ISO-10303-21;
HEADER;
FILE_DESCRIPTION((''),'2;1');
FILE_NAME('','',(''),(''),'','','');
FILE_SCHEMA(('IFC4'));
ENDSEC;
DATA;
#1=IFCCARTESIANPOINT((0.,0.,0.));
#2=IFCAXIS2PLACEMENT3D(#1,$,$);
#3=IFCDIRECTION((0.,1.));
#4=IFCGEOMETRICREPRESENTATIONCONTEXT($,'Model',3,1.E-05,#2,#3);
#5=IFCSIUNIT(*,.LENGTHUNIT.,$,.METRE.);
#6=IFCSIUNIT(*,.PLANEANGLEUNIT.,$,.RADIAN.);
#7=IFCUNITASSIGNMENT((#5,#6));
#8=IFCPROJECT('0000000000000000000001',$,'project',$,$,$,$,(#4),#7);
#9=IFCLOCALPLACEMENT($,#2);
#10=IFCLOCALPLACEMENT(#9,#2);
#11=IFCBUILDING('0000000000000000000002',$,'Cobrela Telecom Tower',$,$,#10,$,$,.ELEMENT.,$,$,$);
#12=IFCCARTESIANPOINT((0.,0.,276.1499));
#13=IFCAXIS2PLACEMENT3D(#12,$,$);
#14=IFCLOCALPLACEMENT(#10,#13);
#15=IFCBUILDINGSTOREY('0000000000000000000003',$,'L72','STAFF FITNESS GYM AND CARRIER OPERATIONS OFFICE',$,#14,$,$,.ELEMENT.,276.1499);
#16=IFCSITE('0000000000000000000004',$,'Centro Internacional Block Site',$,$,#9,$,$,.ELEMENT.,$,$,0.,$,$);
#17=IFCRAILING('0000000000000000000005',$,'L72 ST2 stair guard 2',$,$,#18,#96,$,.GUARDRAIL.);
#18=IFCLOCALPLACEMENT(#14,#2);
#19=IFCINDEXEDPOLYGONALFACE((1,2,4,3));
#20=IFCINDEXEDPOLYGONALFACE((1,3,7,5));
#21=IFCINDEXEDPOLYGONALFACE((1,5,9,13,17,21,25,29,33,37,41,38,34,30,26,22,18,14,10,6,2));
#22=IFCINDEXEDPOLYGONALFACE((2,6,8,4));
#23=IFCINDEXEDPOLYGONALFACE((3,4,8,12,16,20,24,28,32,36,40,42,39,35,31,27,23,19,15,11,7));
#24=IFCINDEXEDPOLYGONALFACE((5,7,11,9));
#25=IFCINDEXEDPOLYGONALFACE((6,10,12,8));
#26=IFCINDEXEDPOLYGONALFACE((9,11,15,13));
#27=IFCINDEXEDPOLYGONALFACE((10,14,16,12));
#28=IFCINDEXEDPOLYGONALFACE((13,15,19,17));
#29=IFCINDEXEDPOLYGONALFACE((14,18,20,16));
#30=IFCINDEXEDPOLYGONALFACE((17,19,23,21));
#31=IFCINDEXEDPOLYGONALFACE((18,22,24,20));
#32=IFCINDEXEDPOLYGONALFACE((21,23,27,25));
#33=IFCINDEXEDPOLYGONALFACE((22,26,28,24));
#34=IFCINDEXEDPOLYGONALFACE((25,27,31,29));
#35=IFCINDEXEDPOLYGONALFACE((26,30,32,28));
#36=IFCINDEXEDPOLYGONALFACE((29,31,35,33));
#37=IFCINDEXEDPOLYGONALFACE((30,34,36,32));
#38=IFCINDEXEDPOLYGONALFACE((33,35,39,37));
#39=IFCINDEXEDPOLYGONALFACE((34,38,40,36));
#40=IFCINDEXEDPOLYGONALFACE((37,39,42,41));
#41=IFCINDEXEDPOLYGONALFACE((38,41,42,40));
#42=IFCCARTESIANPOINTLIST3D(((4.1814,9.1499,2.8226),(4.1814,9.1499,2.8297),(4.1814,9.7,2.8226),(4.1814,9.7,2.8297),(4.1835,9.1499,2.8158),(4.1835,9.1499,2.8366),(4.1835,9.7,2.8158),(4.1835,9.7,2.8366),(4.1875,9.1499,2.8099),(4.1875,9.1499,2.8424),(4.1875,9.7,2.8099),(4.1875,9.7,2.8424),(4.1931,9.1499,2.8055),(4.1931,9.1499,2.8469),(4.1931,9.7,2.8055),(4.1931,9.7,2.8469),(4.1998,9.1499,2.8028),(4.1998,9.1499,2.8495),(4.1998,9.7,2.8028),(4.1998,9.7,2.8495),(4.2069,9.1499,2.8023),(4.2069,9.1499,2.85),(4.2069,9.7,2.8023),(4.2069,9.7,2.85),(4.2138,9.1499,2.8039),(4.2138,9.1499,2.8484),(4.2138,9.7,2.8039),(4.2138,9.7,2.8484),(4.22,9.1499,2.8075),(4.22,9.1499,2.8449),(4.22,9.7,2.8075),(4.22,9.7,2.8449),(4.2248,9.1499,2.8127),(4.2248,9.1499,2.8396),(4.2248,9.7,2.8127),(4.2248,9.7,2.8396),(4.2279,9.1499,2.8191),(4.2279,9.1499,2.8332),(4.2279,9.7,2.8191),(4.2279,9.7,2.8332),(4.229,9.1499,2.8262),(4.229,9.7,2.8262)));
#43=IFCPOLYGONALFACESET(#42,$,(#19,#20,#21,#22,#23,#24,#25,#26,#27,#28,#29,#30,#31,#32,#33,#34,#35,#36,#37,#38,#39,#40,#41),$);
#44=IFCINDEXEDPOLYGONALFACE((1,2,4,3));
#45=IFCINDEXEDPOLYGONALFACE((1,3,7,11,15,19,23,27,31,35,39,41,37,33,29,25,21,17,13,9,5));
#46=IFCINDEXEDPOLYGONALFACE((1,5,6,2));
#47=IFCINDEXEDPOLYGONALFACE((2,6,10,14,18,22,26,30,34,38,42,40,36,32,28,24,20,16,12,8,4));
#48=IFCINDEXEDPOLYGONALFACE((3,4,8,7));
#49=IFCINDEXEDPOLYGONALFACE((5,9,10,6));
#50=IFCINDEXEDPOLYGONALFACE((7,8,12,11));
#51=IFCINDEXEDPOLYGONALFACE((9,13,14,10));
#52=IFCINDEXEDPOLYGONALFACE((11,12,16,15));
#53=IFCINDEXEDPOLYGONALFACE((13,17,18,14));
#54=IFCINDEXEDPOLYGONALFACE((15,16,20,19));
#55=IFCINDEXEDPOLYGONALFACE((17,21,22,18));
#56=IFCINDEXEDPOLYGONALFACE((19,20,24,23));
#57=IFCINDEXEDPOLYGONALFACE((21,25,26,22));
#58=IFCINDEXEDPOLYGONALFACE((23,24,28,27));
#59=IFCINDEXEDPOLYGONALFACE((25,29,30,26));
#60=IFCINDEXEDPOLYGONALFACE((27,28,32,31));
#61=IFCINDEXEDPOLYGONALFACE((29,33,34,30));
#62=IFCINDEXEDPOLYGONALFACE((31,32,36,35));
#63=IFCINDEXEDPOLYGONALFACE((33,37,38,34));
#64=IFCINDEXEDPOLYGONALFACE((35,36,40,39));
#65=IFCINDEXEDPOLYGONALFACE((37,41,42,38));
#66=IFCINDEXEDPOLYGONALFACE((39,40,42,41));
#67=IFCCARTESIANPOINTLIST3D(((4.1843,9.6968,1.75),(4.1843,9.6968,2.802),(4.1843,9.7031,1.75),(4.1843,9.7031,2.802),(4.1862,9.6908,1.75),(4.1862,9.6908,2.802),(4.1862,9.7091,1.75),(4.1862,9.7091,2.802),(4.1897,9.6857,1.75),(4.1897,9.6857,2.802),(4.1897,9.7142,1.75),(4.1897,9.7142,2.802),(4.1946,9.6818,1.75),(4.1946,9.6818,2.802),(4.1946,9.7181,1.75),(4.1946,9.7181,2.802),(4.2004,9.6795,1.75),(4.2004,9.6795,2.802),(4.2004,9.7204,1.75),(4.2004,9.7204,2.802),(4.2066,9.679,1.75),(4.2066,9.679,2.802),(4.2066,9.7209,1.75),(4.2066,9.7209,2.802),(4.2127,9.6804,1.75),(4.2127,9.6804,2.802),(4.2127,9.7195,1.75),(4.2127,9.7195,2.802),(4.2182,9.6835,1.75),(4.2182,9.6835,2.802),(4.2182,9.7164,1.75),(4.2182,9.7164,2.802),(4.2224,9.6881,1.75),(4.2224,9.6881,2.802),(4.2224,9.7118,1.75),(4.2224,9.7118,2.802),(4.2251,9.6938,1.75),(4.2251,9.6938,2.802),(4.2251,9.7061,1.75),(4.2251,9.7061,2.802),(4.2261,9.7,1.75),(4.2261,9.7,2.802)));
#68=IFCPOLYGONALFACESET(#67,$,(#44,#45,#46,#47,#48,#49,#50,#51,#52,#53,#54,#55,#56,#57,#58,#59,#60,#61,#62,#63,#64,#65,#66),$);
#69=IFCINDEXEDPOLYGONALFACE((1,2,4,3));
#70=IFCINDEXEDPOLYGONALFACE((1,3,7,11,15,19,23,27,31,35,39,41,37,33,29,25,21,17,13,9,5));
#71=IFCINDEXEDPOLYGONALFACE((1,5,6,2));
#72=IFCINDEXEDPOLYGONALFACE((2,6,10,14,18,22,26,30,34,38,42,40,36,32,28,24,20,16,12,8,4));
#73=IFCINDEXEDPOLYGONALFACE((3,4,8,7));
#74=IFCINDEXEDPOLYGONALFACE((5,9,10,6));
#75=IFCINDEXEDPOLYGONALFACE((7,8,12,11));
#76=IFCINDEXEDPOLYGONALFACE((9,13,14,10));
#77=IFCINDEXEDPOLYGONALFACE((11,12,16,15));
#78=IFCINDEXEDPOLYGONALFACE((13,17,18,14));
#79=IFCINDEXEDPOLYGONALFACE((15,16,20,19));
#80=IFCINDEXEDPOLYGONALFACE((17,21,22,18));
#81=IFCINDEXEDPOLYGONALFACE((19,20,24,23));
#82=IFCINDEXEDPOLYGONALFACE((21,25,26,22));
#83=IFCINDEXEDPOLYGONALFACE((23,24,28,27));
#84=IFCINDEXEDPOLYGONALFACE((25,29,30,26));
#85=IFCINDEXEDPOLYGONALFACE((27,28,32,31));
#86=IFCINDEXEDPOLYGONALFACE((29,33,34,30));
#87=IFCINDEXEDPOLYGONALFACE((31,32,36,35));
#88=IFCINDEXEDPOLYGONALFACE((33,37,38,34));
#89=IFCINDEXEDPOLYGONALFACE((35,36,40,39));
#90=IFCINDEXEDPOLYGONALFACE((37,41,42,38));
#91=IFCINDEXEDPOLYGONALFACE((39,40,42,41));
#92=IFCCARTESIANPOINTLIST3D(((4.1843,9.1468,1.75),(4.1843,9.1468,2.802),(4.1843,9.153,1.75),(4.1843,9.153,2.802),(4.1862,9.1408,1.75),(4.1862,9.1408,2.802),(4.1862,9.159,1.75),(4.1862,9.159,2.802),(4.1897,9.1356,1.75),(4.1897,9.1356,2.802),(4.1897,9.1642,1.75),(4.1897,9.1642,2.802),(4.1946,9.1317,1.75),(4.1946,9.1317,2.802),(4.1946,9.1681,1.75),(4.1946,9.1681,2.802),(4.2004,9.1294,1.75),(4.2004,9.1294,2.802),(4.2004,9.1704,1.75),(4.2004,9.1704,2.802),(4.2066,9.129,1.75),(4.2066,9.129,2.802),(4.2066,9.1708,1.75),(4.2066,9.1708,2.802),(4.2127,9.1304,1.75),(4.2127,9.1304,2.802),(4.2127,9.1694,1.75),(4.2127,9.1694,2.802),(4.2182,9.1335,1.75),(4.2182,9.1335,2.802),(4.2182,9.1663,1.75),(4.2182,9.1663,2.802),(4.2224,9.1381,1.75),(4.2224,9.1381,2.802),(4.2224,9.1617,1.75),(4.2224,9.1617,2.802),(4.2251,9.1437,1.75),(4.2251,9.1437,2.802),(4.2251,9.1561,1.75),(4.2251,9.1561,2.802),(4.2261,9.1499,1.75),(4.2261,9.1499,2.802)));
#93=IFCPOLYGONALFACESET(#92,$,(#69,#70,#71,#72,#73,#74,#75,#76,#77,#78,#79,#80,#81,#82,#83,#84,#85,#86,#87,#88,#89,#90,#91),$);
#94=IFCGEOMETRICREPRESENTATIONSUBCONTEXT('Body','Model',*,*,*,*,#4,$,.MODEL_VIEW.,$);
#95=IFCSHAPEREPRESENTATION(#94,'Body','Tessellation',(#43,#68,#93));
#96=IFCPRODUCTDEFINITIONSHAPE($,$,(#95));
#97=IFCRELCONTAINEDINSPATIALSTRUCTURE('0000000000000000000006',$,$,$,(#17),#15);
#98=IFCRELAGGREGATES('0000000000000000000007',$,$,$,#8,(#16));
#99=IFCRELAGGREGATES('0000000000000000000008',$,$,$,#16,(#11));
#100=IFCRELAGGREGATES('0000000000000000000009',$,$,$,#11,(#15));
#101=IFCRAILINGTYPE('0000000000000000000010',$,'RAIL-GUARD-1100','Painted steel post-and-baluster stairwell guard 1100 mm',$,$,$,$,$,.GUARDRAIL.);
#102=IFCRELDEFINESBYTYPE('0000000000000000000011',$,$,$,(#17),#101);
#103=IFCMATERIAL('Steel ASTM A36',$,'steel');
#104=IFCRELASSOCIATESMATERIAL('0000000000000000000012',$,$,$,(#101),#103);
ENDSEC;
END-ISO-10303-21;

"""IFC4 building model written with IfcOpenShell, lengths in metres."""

from ifc_helpers import new_model, si_unit, direction, frame, origin, origin_2d, place, context, subcontext, project, spatial, circle, extrude, material, type_object, element, save


model = new_model("IFC4")

# Units and contexts
model_context = context("Model", 3, precision=1e-05, world=origin(), true_north=direction((0.0, 1.0)))
body_context = subcontext(model_context, "Body", "Model", "MODEL_VIEW")
ifc_project = project(units=[si_unit("LENGTHUNIT", "METRE"), si_unit("PLANEANGLEUNIT", "RADIAN")], contexts=[model_context])

# Site, building, storey
site_placement = place(None, origin())
site = spatial("IfcSite", under=ifc_project, at=site_placement, Name="Centro Internacional Block Site", CompositionType="ELEMENT", RefElevation=0.0)
building_placement = place(site_placement, origin())
building = spatial("IfcBuilding", under=site, at=building_placement, Name="Cobrela Telecom Tower", CompositionType="ELEMENT")
storey_placement = place(building_placement, frame((0.0, 0.0, 276.1499)))
storey = spatial("IfcBuildingStorey", under=building, at=storey_placement, Name="L72", Description="STAFF FITNESS GYM AND CARRIER OPERATIONS OFFICE", CompositionType="ELEMENT", Elevation=276.1499)

# Railing
ifc_material_1 = material(Name="Steel ASTM A36", Category="steel")
railing_type_1 = type_object("IfcRailingType", Name="RAIL-GUARD-1100", Description="Painted steel post-and-baluster stairwell guard 1100 mm", PredefinedType="GUARDRAIL", material=ifc_material_1)
railing_1_placement = place(storey_placement, frame((4.2051, 9.7, 1.75)))
element("IfcRailing", 1, at=railing_1_placement, inside=storey, type_object=railing_type_1, Name="L72 ST2 stair guard 2", PredefinedType="GUARDRAIL", context=body_context, shape_type="SweptSolid", body=[
    extrude(circle(Radius=0.0239, at=origin_2d()), frame((0.0, 0.0, 1.0762), z_axis=(0.0, -1.0, 0.0), x_axis=(1.0, 0.0, 0.0)), (0.0, 0.0, 1.0), 0.55),
    extrude(circle(Radius=0.021, at=origin_2d()), origin(), (0.0, 0.0, 1.0), 1.052),
    extrude(circle(Radius=0.021, at=origin_2d()), frame((0.0, -0.55, 0.0)), (0.0, 0.0, 1.0), 1.052),
])

save(model, "model.ifc")
